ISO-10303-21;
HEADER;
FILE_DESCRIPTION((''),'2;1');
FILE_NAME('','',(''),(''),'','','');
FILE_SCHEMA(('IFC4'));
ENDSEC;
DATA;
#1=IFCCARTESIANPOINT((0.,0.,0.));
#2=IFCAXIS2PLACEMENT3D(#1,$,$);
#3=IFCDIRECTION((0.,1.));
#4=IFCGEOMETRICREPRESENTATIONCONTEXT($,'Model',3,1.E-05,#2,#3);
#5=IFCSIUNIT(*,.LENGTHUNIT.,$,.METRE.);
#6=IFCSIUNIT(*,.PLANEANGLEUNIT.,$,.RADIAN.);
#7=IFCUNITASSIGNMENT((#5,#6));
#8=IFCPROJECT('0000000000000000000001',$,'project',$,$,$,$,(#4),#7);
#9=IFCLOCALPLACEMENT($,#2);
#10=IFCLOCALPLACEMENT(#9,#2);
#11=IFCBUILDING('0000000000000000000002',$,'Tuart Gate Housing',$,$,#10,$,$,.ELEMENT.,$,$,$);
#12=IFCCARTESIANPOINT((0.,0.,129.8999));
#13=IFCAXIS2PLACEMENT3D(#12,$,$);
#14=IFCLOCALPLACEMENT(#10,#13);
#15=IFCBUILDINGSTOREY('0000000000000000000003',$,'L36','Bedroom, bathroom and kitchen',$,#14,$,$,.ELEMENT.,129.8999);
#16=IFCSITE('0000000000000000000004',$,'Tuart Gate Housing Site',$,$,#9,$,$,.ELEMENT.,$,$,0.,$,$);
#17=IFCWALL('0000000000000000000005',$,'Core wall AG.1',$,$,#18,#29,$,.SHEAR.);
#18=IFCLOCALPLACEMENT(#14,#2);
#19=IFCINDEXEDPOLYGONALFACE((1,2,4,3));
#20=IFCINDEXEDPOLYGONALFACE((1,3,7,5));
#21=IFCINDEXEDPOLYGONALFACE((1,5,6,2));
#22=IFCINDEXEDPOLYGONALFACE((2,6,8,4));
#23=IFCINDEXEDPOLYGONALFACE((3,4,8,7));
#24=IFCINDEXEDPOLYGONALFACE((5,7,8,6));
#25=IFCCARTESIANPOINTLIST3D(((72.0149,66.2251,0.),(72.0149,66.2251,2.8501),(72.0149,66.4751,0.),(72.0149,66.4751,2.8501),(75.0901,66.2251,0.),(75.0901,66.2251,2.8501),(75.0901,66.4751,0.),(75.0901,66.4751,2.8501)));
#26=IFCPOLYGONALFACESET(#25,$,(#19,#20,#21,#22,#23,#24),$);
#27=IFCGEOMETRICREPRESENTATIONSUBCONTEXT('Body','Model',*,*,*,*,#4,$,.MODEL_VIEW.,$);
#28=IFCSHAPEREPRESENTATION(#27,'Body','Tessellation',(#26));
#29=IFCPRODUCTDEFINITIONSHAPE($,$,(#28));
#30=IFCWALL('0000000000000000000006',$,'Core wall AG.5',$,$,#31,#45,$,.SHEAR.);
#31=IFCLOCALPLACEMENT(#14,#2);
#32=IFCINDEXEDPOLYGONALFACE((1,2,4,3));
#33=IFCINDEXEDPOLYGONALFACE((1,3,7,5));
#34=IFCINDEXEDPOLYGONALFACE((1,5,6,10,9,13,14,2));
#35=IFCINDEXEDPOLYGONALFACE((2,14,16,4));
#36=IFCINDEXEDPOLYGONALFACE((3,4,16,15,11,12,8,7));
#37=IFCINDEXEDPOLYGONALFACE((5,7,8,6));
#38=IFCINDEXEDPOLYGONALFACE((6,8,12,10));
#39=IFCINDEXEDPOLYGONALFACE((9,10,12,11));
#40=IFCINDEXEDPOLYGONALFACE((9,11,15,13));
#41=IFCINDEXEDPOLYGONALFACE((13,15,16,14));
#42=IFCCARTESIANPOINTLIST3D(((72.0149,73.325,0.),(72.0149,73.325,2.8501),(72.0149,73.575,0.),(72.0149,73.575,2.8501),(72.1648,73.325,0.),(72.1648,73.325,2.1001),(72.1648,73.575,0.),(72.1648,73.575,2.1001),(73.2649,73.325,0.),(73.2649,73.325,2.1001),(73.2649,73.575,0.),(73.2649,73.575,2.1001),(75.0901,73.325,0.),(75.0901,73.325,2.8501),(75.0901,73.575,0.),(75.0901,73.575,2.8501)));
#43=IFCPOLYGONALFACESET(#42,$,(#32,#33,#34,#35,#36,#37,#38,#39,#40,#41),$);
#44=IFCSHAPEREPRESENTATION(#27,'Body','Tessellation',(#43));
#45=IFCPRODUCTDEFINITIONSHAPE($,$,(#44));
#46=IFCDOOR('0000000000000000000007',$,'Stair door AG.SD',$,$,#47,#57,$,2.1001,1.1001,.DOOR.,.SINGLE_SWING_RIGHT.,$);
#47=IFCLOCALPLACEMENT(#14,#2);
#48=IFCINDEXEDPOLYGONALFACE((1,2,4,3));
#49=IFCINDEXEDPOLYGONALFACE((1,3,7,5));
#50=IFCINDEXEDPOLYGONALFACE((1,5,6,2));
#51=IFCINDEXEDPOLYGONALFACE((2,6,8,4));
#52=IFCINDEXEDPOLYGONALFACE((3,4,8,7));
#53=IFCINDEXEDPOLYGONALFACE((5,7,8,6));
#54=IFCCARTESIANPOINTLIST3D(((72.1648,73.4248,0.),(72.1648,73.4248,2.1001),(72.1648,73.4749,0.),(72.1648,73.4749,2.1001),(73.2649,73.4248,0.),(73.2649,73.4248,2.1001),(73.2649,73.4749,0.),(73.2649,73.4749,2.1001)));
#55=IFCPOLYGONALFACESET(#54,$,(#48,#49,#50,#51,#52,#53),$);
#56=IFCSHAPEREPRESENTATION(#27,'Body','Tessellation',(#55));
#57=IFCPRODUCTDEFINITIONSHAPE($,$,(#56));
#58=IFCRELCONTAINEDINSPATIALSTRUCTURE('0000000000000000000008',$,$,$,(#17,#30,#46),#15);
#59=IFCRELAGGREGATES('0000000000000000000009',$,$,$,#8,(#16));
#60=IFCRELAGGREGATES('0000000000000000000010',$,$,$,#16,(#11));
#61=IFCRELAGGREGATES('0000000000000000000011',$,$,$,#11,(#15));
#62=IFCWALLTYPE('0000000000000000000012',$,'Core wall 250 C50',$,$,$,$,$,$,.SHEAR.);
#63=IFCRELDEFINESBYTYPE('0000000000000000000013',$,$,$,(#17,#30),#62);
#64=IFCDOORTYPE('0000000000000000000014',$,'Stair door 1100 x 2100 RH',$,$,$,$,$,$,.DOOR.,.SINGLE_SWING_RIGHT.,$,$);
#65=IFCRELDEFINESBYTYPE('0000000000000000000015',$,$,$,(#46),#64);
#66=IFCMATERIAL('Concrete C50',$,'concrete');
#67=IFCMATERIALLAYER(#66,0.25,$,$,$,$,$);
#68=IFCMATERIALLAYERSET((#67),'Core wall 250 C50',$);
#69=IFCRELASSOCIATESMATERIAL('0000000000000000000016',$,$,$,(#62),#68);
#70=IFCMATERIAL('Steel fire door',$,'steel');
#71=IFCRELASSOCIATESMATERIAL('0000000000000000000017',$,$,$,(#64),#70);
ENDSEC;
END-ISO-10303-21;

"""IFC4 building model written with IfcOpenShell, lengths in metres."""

from ifc_helpers import new_model, si_unit, direction, frame, frame_2d, origin, place, context, subcontext, project, spatial, rectangle, extrude, material, layer, layer_set, type_object, element, fill, save


model = new_model("IFC4")

# Units and contexts
model_context = context("Model", 3, precision=1e-05, world=origin(), true_north=direction((0.0, 1.0)))
body_context = subcontext(model_context, "Body", "Model", "MODEL_VIEW")
ifc_project = project(units=[si_unit("LENGTHUNIT", "METRE"), si_unit("PLANEANGLEUNIT", "RADIAN")], contexts=[model_context])

# Site, building, storey
site_placement = place(None, origin())
site = spatial("IfcSite", under=ifc_project, at=site_placement, Name="Tuart Gate Housing Site", CompositionType="ELEMENT", RefElevation=0.0)
building_placement = place(site_placement, origin())
building = spatial("IfcBuilding", under=site, at=building_placement, Name="Tuart Gate Housing", CompositionType="ELEMENT")
storey_placement = place(building_placement, frame((0.0, 0.0, 129.8999)))
storey = spatial("IfcBuildingStorey", under=building, at=storey_placement, Name="L36", Description="Bedroom, bathroom and kitchen", CompositionType="ELEMENT", Elevation=129.8999)

# Wall
ifc_material_1 = material(Name="Concrete C50", Category="concrete")
ifc_layer = layer(ifc_material_1, 0.25)
ifc_layer_set = layer_set([ifc_layer], Name="Core wall 250 C50")
wall_type = type_object("IfcWallType", Name="Core wall 250 C50", PredefinedType="SHEAR", material=ifc_layer_set)
wall_1_placement = place(storey_placement, frame((72.0149, 66.3501, 0.0), z_axis=(0.0, 0.0, 1.0), x_axis=(1.0, 0.0, 0.0)))
element("IfcWall", 1, at=wall_1_placement, inside=storey, type_object=wall_type, Name="Core wall AG.1", PredefinedType="SHEAR", context=body_context, shape_type="SweptSolid", body=[
    extrude(rectangle(XDim=3.0752, YDim=0.25, at=frame_2d((1.5376, 0.0))), origin(), (0.0, 0.0, 1.0), 2.8501),
])

# Wall, opening, door
wall_2_placement = place(storey_placement, frame((72.0149, 73.45, 0.0), z_axis=(0.0, 0.0, 1.0), x_axis=(1.0, 0.0, 0.0)))
wall_2 = element("IfcWall", 2, at=wall_2_placement, inside=storey, type_object=wall_type, Name="Core wall AG.5", PredefinedType="SHEAR", context=body_context, shape_type="SweptSolid", body=[
    extrude(rectangle(XDim=3.0752, YDim=0.25, at=frame_2d((1.5376, 0.0))), origin(), (0.0, 0.0, 1.0), 2.8501),
])
opening_placement = place(wall_2_placement, frame((0.1499, 0.0, 0.0)))
opening = element("IfcOpeningElement", 3, at=opening_placement, cuts=wall_2, PredefinedType="OPENING", context=body_context, shape_type="SweptSolid", body=[
    extrude(rectangle(XDim=1.1001, YDim=2.1001, at=frame_2d((0.55, 1.05))), frame((0.0, 0.135, 0.0), z_axis=(0.0, -1.0, 0.0), x_axis=(1.0, 0.0, 0.0)), (0.0, 0.0, 1.0), 0.27),
])
ifc_material_2 = material(Name="Steel fire door", Category="steel")
door_type = type_object("IfcDoorType", Name="Stair door 1100 x 2100 RH", OperationType="SINGLE_SWING_RIGHT", PredefinedType="DOOR", material=ifc_material_2)
door_placement = place(opening_placement, frame((1.1001, 0.0, 0.0), z_axis=(0.0, 0.0, 1.0), x_axis=(-1.0, 0.0, 0.0)))
door = element("IfcDoor", 4, at=door_placement, inside=storey, type_object=door_type, Name="Stair door AG.SD", OperationType="SINGLE_SWING_RIGHT", OverallHeight=2.1001, OverallWidth=1.1001, PredefinedType="DOOR", context=body_context, shape_type="SweptSolid", body=[
    extrude(rectangle(XDim=1.1001, YDim=2.1001, at=frame_2d((0.55, 1.05))), frame((0.0, 0.0251, 0.0), z_axis=(0.0, -1.0, 0.0), x_axis=(1.0, 0.0, 0.0)), (0.0, 0.0, 1.0), 0.05),
])
fill(opening, door)

save(model, "model.ifc")
